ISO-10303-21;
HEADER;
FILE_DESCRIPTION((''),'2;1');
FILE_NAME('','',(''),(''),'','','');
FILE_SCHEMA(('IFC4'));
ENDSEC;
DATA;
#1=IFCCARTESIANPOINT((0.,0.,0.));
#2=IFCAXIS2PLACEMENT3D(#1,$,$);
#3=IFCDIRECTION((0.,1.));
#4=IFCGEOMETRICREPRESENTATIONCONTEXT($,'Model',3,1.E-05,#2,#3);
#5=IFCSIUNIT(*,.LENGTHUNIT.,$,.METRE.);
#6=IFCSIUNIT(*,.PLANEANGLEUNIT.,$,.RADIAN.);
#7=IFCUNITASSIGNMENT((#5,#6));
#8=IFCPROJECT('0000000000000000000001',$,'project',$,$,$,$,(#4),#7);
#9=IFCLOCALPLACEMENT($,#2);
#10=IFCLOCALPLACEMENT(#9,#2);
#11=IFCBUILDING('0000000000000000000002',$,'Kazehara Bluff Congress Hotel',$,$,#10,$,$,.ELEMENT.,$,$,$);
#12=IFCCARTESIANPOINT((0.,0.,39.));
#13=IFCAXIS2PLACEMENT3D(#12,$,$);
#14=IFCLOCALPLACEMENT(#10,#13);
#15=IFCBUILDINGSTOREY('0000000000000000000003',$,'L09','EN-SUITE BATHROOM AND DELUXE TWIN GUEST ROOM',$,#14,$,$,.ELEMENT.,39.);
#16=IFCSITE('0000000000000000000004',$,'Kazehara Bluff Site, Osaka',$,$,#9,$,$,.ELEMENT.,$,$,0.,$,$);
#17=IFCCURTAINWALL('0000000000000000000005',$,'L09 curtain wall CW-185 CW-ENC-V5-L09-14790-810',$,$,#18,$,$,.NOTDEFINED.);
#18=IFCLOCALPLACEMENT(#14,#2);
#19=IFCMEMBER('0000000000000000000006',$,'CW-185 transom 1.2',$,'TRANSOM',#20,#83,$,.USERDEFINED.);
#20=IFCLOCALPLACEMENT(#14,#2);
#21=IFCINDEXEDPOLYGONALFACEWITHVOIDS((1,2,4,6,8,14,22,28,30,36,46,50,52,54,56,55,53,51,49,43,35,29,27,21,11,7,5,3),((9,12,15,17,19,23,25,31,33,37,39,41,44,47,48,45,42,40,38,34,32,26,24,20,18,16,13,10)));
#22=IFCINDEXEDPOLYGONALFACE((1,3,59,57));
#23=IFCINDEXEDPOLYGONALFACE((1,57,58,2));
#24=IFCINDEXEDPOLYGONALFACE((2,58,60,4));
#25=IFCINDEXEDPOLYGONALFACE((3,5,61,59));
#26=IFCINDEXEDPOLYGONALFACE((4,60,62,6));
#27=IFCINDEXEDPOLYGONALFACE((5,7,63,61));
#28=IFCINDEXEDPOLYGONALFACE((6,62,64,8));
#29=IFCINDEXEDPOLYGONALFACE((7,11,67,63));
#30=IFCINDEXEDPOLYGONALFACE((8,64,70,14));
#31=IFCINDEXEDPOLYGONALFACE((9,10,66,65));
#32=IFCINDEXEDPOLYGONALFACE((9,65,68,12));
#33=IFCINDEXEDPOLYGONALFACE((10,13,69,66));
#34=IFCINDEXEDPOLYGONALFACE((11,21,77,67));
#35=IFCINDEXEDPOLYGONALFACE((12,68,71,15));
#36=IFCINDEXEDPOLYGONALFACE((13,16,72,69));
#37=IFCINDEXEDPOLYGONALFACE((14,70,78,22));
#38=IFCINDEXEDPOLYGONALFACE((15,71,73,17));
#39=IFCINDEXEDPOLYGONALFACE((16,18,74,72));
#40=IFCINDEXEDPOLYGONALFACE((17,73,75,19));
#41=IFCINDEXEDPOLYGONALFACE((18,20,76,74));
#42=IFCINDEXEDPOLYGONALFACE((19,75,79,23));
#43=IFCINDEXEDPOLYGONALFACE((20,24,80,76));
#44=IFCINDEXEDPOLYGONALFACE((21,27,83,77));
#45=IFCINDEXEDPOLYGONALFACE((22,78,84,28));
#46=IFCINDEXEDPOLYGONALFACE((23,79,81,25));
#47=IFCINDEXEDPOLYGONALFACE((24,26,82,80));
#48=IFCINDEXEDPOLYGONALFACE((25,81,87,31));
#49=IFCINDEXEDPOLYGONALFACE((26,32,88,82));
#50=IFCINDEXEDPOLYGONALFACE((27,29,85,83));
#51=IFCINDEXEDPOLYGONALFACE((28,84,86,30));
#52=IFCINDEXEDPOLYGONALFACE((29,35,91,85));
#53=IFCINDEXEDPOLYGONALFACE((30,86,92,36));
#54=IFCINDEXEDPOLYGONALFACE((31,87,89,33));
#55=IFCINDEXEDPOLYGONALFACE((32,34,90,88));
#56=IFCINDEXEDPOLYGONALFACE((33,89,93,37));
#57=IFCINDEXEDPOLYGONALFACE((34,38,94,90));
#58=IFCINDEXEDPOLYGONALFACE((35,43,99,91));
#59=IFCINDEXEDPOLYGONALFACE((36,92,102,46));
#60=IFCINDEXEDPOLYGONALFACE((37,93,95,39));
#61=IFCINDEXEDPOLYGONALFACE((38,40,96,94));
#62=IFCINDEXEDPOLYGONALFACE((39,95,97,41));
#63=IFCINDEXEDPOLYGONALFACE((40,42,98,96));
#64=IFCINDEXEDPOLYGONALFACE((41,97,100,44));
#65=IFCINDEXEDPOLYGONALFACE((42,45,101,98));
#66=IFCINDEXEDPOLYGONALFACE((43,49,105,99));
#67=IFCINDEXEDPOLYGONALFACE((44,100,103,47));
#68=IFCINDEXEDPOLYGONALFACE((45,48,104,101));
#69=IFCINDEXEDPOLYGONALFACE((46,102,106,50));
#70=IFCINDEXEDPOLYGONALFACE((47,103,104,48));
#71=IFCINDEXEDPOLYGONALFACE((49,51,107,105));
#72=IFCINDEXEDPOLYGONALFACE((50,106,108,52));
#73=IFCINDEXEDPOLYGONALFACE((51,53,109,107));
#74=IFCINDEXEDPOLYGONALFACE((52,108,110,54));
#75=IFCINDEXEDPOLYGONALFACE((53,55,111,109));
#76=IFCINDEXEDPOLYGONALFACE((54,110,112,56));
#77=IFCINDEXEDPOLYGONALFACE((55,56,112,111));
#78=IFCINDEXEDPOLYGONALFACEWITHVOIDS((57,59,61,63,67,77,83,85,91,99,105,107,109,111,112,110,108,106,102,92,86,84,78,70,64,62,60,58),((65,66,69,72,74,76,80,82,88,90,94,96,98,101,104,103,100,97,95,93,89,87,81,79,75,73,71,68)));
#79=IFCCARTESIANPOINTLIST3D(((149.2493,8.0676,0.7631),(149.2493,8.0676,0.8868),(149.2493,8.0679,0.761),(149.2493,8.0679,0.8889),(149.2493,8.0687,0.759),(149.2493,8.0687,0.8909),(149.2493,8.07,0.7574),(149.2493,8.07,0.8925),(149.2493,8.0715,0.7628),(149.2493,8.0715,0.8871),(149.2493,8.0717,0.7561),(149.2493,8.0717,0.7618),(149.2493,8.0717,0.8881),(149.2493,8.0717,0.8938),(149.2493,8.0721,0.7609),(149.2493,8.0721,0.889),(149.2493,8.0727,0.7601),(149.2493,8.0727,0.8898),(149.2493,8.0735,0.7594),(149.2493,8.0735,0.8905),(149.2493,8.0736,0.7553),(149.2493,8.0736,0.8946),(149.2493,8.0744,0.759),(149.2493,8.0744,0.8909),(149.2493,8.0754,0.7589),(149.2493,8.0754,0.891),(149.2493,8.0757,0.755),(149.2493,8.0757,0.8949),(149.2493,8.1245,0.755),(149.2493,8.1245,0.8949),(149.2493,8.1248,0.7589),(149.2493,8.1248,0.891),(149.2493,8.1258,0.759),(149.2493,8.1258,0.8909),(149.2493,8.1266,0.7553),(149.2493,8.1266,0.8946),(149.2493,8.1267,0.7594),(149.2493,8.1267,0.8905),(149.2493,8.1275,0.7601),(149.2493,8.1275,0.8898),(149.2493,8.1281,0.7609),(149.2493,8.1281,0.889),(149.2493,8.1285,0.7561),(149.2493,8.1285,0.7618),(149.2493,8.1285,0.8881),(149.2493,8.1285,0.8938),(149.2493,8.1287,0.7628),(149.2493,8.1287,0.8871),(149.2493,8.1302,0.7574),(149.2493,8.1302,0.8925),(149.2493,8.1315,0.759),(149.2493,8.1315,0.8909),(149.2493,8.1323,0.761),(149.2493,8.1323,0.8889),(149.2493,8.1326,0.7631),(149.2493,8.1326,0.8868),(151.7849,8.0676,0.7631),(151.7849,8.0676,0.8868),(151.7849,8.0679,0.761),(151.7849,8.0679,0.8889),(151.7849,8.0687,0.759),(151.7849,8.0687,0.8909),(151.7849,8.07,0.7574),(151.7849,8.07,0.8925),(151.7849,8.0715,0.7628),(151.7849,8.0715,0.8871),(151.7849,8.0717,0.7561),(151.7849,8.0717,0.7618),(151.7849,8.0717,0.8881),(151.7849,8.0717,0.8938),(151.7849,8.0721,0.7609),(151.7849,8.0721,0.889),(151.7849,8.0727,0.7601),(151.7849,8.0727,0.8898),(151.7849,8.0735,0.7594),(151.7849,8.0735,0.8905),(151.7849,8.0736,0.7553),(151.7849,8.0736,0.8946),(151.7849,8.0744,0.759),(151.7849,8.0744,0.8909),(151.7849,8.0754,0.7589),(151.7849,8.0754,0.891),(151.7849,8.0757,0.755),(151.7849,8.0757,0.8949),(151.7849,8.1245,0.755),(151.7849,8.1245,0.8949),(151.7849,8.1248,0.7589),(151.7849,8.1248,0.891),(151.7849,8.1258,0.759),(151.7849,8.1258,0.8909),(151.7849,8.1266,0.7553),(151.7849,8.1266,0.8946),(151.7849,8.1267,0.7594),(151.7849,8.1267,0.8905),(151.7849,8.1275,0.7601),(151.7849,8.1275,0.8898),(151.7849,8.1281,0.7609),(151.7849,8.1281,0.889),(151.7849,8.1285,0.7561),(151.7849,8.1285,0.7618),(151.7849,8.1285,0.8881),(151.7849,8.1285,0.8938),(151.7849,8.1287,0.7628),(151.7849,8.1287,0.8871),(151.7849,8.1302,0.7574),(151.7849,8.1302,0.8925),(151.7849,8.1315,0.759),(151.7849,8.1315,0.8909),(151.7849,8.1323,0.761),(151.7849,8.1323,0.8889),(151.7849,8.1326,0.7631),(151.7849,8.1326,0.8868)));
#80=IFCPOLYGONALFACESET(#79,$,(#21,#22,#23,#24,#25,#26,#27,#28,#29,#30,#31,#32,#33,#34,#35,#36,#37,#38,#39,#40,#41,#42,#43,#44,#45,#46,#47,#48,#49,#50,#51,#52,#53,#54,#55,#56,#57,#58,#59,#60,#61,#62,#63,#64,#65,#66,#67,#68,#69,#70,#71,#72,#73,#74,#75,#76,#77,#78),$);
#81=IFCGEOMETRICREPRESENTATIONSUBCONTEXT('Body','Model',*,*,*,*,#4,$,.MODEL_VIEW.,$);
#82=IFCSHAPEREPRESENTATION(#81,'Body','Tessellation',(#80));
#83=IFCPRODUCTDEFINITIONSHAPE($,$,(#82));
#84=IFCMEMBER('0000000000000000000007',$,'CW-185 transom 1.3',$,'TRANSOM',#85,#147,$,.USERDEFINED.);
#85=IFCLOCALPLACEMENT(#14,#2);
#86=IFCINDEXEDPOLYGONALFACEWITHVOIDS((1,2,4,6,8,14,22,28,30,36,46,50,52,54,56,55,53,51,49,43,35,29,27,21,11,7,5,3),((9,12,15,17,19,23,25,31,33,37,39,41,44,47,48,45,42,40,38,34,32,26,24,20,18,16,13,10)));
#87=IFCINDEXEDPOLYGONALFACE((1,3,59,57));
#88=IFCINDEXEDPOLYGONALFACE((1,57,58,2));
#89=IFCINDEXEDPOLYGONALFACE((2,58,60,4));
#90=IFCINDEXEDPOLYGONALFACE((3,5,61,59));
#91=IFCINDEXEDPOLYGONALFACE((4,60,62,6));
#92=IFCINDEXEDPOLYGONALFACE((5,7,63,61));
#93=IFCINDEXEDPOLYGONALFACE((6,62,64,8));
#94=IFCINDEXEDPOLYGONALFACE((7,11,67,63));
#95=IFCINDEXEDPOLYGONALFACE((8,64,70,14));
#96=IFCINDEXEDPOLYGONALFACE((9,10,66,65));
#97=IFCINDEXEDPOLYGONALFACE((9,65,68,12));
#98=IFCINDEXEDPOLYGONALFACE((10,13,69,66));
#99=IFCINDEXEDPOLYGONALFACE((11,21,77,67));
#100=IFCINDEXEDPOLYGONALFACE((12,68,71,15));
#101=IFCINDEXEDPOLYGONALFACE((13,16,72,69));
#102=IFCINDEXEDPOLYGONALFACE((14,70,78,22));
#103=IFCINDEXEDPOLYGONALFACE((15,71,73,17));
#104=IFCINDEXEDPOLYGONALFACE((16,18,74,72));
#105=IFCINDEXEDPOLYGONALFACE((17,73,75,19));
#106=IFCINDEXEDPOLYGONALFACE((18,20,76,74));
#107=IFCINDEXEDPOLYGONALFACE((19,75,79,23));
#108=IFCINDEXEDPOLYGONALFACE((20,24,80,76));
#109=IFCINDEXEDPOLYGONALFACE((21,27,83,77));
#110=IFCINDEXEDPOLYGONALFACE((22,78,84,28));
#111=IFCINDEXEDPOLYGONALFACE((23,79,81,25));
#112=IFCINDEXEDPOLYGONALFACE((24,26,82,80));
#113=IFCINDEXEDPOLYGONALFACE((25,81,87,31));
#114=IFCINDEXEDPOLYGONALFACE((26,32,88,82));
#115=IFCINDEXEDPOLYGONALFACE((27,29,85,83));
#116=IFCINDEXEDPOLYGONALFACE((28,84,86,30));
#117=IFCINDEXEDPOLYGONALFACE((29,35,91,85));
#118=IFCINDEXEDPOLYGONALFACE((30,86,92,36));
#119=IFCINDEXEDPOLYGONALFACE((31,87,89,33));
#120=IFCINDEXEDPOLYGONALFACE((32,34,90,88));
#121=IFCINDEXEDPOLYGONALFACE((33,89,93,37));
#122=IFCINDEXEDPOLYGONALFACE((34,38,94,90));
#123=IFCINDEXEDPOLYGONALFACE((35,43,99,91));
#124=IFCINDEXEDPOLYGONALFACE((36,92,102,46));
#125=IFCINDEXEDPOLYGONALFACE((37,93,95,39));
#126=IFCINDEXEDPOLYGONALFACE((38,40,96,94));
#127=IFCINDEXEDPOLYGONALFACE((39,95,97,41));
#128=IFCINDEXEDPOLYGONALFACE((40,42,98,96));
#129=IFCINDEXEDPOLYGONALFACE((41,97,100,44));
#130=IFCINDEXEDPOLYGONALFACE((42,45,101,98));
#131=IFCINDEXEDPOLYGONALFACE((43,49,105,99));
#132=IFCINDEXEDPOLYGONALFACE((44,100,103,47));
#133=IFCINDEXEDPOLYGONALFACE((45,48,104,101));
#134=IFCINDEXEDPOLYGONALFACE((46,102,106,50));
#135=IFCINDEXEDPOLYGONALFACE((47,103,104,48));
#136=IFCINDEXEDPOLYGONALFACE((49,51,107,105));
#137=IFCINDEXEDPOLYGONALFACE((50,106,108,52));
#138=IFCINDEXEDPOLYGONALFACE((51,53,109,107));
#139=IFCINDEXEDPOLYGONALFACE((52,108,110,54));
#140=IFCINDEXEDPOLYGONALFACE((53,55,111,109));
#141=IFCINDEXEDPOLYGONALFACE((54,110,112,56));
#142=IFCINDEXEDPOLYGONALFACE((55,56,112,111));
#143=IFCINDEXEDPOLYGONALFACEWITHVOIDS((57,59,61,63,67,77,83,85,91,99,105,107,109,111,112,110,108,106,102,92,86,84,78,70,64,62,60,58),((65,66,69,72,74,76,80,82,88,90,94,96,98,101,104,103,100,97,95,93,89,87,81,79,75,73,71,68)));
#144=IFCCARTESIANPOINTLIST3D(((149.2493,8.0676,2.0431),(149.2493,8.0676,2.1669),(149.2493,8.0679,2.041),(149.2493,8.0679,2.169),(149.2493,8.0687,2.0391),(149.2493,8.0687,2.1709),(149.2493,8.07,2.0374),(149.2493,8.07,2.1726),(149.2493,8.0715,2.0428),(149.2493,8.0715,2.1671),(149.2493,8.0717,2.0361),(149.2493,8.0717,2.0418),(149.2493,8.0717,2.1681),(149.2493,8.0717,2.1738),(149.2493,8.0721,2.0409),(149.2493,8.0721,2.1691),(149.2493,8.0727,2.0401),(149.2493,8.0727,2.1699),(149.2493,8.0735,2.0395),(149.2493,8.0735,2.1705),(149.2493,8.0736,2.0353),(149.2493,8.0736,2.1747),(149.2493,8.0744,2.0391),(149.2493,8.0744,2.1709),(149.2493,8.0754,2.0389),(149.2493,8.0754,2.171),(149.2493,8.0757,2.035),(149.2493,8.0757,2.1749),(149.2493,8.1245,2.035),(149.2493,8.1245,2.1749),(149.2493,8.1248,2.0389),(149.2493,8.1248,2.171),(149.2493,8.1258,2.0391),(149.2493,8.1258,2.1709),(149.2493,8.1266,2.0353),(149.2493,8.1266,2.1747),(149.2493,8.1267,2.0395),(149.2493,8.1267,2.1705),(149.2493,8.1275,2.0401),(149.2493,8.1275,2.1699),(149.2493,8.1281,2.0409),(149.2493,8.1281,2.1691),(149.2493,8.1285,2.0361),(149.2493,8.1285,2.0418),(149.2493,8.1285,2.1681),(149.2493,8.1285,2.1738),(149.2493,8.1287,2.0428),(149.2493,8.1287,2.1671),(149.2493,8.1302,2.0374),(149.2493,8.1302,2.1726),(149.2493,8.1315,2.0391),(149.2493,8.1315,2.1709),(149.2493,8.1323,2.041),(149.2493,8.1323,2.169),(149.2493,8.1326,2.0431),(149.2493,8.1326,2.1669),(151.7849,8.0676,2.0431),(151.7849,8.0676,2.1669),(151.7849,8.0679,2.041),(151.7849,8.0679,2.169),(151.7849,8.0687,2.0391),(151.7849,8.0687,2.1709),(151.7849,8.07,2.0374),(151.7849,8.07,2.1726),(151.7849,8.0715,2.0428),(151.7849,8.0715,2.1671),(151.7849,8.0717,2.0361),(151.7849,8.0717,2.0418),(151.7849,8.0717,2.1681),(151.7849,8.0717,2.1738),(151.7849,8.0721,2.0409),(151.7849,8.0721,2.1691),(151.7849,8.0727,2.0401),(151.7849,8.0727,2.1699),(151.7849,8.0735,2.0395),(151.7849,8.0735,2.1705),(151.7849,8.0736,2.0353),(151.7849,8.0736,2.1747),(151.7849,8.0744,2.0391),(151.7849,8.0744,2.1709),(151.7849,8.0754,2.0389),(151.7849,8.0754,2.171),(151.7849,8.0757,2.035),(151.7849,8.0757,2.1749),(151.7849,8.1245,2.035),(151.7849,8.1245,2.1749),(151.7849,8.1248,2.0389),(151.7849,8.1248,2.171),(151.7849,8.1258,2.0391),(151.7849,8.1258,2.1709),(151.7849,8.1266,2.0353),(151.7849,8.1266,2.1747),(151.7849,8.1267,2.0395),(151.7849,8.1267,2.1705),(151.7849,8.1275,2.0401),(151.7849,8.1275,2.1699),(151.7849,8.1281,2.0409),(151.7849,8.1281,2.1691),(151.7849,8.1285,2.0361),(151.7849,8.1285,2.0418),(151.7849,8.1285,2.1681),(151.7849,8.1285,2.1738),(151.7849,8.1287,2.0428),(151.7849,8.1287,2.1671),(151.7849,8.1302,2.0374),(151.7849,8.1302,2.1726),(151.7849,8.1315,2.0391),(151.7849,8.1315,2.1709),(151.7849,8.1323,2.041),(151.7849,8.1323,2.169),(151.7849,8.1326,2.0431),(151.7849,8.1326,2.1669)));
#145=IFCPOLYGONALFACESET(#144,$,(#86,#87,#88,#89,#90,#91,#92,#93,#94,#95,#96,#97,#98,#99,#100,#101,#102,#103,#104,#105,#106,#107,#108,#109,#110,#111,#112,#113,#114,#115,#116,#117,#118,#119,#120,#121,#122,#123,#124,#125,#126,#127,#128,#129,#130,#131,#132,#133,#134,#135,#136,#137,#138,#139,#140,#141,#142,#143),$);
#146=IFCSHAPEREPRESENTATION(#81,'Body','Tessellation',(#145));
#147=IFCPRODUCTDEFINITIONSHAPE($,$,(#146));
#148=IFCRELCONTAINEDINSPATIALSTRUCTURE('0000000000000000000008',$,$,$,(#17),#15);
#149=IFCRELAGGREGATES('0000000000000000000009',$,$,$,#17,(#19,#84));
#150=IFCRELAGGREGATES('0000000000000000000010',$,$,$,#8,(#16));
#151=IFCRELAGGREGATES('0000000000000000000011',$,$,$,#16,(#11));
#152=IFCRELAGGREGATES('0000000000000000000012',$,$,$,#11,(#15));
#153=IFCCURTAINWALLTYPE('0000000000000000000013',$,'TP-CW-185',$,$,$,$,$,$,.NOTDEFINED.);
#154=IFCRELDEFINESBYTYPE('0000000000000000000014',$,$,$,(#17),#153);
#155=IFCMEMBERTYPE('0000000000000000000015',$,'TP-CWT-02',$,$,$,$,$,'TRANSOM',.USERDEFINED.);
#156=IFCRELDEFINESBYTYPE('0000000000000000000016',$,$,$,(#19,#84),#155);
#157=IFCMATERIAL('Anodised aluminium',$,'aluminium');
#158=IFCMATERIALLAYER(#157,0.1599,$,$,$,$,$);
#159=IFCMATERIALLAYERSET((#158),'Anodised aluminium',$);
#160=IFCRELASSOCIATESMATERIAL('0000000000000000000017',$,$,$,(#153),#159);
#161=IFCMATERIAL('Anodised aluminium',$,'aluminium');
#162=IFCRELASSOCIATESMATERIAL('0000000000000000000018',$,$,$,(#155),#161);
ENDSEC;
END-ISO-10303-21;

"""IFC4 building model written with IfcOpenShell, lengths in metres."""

from ifc_helpers import new_model, si_unit, direction, frame, origin, origin_2d, place, context, subcontext, project, spatial, hollow_rectangle, extrude, material, layer, layer_set, material_profile, profile_set, type_object, element, aggregate, save


model = new_model("IFC4")

# Units and contexts
model_context = context("Model", 3, precision=1e-05, world=origin(), true_north=direction((0.0, 1.0)))
body_context = subcontext(model_context, "Body", "Model", "MODEL_VIEW")
ifc_project = project(units=[si_unit("LENGTHUNIT", "METRE"), si_unit("PLANEANGLEUNIT", "RADIAN")], contexts=[model_context])

# Site, building, storey
site_placement = place(None, origin())
site = spatial("IfcSite", under=ifc_project, at=site_placement, Name="Kazehara Bluff Site, Osaka", CompositionType="ELEMENT", RefElevation=0.0)
building_placement = place(site_placement, origin())
building = spatial("IfcBuilding", under=site, at=building_placement, Name="Kazehara Bluff Congress Hotel", CompositionType="ELEMENT")
storey_placement = place(building_placement, frame((0.0, 0.0, 39.0)))
storey = spatial("IfcBuildingStorey", under=building, at=storey_placement, Name="L09", Description="EN-SUITE BATHROOM AND DELUXE TWIN GUEST ROOM", CompositionType="ELEMENT", Elevation=39.0)

# Curtain wall
ifc_material_1 = material(Name="Anodised aluminium", Category="aluminium")
ifc_layer_1 = layer(ifc_material_1, 0.1599)
ifc_layer_set_1 = layer_set([ifc_layer_1], Name="Anodised aluminium")
curtain_wall_type = type_object("IfcCurtainWallType", Name="TP-CW-185", PredefinedType="NOTDEFINED", material=ifc_layer_set_1)
curtain_wall_1_placement = place(storey_placement, origin())
curtain_wall_1 = element("IfcCurtainWall", 1, at=curtain_wall_1_placement, inside=storey, type_object=curtain_wall_type, Name="L09 curtain wall CW-185 CW-ENC-V5-L09-14790-810", PredefinedType="NOTDEFINED")

# Members
ifc_material_2 = material(Name="Anodised aluminium", Category="aluminium")
ifc_material_profile_1 = material_profile(ifc_material_2, hollow_rectangle(XDim=0.0649, YDim=0.1399, WallThickness=0.0039, InnerFilletRadius=0.0039, OuterFilletRadius=0.0081, at=origin_2d()))
ifc_profile_set_1 = profile_set([ifc_material_profile_1], Name="Anodised aluminium")
member_type_1 = type_object("IfcMemberType", Name="TP-CWT-02", ElementType="TRANSOM", PredefinedType="USERDEFINED", material=ifc_profile_set_1)
member_1_placement = place(storey_placement, frame((151.7849, 8.1001, 0.825), z_axis=(-1.0, 0.0, 0.0), x_axis=(0.0, -1.0, 0.0)))
member_1 = element("IfcMember", 2, at=member_1_placement, type_object=member_type_1, Name="CW-185 transom 1.2", ObjectType="TRANSOM", PredefinedType="USERDEFINED", context=body_context, shape_type="SweptSolid", body=[
    extrude(hollow_rectangle(XDim=0.0649, YDim=0.1399, WallThickness=0.0039, InnerFilletRadius=0.0039, OuterFilletRadius=0.0081, at=origin_2d()), origin(), (0.0, 0.0, 1.0), 2.5356),
])
member_2_placement = place(storey_placement, frame((151.7849, 8.1001, 2.105), z_axis=(-1.0, 0.0, 0.0), x_axis=(0.0, -1.0, 0.0)))
member_2 = element("IfcMember", 3, at=member_2_placement, type_object=member_type_1, Name="CW-185 transom 1.3", ObjectType="TRANSOM", PredefinedType="USERDEFINED", context=body_context, shape_type="SweptSolid", body=[
    extrude(hollow_rectangle(XDim=0.0649, YDim=0.1399, WallThickness=0.0039, InnerFilletRadius=0.0039, OuterFilletRadius=0.0081, at=origin_2d()), origin(), (0.0, 0.0, 1.0), 2.5356),
])

aggregate(curtain_wall_1, [member_1, member_2])

save(model, "model.ifc")
